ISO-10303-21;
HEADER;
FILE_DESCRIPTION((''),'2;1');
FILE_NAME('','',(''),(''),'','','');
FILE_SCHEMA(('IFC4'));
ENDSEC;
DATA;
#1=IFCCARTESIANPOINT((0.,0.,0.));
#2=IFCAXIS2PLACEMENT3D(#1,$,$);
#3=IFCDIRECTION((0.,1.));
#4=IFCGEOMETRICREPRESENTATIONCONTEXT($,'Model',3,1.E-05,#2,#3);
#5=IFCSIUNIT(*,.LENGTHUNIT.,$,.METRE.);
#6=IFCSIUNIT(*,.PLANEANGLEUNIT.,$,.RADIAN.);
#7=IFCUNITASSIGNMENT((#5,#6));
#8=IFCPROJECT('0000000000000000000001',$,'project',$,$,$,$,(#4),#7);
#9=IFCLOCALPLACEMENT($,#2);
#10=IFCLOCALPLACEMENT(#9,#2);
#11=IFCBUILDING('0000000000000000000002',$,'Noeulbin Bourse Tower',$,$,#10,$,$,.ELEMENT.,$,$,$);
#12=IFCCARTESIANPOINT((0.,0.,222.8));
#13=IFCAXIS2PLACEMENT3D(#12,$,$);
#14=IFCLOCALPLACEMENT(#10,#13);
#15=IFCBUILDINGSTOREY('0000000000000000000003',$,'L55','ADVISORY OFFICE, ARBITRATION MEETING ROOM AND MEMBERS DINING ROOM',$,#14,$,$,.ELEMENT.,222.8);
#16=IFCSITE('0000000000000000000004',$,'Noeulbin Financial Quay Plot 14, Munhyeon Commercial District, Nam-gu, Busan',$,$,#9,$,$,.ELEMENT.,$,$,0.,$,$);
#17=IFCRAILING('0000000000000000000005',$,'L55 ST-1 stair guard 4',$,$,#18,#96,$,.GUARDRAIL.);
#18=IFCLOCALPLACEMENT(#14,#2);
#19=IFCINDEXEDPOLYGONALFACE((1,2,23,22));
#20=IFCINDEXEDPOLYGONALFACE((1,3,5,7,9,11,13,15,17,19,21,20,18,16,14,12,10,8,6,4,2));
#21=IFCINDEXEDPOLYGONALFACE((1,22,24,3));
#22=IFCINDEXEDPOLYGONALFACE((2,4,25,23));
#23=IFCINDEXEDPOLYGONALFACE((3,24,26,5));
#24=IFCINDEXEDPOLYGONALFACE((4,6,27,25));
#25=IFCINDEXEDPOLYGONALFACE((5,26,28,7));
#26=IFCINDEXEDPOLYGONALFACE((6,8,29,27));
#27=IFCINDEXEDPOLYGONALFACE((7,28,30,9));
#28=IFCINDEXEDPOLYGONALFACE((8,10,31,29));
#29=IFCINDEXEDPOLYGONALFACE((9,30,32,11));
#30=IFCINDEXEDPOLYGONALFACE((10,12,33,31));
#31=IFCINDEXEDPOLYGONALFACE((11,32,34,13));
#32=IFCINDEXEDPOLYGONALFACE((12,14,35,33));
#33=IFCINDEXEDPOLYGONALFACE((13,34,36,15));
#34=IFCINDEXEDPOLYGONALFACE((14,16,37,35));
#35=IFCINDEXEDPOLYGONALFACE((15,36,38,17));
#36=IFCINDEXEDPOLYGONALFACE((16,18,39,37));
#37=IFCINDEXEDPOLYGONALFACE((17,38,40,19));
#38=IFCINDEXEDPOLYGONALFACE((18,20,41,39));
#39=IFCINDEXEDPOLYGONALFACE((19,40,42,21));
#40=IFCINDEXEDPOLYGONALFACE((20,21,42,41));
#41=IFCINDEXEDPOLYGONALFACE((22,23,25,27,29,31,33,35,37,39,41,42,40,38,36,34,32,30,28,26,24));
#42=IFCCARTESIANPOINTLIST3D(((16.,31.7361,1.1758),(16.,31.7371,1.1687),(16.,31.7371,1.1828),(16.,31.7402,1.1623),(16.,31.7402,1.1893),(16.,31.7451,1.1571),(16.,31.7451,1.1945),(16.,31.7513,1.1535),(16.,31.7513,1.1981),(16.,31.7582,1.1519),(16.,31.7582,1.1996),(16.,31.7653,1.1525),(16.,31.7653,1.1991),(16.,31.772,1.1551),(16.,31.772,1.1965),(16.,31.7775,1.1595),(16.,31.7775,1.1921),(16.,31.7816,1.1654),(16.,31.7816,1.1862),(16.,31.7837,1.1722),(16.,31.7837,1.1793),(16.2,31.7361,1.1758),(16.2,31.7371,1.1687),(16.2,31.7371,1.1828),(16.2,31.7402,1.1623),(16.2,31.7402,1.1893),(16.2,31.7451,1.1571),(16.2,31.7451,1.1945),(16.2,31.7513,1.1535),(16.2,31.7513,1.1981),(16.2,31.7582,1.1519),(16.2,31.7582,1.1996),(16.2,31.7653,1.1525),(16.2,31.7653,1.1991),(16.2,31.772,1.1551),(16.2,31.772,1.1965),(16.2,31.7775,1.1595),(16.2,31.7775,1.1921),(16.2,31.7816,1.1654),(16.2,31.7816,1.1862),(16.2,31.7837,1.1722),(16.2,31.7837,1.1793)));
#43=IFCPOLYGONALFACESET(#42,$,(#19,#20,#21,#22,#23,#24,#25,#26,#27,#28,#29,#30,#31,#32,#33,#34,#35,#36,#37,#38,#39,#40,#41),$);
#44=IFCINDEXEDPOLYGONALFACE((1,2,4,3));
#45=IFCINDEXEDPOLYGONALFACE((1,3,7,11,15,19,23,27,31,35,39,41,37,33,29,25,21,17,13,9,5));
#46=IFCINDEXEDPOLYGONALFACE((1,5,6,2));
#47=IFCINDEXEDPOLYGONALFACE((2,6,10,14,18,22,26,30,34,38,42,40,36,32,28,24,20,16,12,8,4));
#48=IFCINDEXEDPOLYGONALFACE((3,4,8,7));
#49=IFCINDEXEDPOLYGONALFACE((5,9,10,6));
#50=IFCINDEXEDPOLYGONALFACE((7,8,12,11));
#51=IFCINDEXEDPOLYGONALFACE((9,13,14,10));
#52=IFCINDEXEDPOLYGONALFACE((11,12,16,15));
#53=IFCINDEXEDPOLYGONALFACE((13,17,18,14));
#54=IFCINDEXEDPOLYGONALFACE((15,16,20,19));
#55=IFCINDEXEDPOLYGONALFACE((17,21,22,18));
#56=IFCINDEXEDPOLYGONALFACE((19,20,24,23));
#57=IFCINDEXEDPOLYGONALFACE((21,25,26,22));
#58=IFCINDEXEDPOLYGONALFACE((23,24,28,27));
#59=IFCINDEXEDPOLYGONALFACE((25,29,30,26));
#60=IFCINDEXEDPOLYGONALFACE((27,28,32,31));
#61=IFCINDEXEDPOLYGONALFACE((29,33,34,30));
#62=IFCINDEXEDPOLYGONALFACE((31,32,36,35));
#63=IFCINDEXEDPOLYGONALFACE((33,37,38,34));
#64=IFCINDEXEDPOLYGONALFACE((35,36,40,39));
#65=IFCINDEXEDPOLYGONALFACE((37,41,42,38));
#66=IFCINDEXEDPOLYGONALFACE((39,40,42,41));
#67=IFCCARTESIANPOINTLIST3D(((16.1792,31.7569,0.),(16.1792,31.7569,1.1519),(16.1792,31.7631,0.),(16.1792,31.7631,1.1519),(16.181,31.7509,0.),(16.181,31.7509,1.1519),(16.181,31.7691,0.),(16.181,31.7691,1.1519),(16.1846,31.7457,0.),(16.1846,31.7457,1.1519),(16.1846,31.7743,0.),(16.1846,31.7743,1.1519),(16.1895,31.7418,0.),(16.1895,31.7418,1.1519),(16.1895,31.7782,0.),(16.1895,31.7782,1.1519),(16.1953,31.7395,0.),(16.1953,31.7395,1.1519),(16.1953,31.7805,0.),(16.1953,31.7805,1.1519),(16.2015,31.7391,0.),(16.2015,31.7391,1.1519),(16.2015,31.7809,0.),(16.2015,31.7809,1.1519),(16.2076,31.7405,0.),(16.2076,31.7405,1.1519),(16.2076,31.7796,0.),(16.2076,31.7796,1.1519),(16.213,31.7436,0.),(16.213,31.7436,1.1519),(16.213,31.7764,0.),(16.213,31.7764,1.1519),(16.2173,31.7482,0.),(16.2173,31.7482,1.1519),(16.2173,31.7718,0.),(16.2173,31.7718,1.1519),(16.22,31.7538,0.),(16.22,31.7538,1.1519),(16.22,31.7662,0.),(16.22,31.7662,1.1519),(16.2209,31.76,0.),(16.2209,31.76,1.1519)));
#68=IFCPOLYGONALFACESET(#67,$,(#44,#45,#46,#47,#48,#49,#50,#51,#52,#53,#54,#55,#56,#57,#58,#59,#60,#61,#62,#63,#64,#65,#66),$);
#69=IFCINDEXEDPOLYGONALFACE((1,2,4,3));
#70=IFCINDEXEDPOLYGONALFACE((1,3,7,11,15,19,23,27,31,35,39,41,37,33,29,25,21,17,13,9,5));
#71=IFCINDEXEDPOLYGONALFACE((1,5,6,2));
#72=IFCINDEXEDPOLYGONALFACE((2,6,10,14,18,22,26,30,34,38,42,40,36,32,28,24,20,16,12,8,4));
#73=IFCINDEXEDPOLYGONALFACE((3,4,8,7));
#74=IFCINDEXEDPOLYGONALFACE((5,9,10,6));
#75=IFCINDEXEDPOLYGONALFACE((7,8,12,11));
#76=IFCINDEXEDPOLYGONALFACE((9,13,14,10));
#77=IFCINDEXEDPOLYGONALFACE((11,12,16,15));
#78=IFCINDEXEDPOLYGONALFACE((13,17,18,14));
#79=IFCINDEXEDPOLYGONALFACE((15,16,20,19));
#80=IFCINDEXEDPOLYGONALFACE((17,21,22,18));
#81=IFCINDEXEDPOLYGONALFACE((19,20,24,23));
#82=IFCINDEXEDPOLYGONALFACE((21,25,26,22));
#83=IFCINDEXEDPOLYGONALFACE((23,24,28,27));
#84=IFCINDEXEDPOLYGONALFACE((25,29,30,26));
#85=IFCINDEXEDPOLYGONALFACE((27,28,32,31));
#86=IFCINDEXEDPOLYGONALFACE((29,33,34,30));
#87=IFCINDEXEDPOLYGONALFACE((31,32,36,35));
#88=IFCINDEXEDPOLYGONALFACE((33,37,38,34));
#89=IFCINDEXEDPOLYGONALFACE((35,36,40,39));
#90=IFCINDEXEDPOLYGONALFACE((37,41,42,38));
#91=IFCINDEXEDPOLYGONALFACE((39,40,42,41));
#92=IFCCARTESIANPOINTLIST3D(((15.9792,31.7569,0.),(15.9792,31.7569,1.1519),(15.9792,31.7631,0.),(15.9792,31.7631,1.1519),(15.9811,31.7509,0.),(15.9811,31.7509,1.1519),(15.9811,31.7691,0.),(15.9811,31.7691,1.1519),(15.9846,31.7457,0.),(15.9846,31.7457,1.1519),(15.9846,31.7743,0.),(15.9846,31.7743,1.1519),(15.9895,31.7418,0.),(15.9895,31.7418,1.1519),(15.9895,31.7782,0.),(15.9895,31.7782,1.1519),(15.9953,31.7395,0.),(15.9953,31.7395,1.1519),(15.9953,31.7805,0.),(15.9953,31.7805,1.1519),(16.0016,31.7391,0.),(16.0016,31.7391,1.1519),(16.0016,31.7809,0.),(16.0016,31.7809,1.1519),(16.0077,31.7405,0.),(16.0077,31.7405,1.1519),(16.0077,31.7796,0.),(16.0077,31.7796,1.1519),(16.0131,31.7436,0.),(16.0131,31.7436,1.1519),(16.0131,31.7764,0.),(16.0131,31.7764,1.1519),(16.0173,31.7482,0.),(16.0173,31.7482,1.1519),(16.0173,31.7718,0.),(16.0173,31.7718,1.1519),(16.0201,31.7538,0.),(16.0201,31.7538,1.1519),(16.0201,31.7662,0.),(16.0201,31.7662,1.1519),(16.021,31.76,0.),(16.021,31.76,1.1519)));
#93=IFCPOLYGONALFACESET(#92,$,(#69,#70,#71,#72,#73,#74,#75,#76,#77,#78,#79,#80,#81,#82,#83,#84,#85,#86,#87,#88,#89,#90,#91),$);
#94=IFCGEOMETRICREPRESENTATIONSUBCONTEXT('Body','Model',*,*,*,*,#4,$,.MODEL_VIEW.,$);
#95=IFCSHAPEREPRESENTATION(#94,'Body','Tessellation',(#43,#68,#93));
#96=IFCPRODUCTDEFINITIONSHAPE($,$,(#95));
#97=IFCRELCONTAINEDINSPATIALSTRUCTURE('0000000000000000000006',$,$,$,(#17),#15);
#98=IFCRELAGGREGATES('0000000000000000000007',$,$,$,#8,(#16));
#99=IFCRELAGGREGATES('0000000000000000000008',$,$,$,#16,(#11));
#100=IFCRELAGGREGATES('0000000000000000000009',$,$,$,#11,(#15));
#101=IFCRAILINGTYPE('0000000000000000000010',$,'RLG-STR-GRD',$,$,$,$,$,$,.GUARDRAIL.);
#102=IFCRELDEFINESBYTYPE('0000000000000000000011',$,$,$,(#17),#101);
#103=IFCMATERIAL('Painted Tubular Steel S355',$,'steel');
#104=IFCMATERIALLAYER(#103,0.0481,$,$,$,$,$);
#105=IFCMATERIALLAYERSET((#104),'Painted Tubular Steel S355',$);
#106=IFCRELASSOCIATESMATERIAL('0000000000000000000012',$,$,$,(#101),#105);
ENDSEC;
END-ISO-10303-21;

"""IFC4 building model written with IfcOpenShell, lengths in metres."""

from ifc_helpers import new_model, si_unit, direction, frame, origin, origin_2d, place, context, subcontext, project, spatial, circle, extrude, material, layer, layer_set, type_object, element, save


model = new_model("IFC4")

# Units and contexts
model_context = context("Model", 3, precision=1e-05, world=origin(), true_north=direction((0.0, 1.0)))
body_context = subcontext(model_context, "Body", "Model", "MODEL_VIEW")
ifc_project = project(units=[si_unit("LENGTHUNIT", "METRE"), si_unit("PLANEANGLEUNIT", "RADIAN")], contexts=[model_context])

# Site, building, storey
site_placement = place(None, origin())
site = spatial("IfcSite", under=ifc_project, at=site_placement, Name="Noeulbin Financial Quay Plot 14, Munhyeon Commercial District, Nam-gu, Busan", CompositionType="ELEMENT", RefElevation=0.0)
building_placement = place(site_placement, origin())
building = spatial("IfcBuilding", under=site, at=building_placement, Name="Noeulbin Bourse Tower", CompositionType="ELEMENT")
storey_placement = place(building_placement, frame((0.0, 0.0, 222.8)))
storey = spatial("IfcBuildingStorey", under=building, at=storey_placement, Name="L55", Description="ADVISORY OFFICE, ARBITRATION MEETING ROOM AND MEMBERS DINING ROOM", CompositionType="ELEMENT", Elevation=222.8)

# Railing
ifc_material_1 = material(Name="Painted Tubular Steel S355", Category="steel")
ifc_layer_1 = layer(ifc_material_1, 0.0481)
ifc_layer_set_1 = layer_set([ifc_layer_1], Name="Painted Tubular Steel S355")
railing_type_1 = type_object("IfcRailingType", Name="RLG-STR-GRD", PredefinedType="GUARDRAIL", material=ifc_layer_set_1)
railing_1_placement = place(storey_placement, frame((16.2, 31.76, 0.0)))
element("IfcRailing", 1, at=railing_1_placement, inside=storey, type_object=railing_type_1, Name="L55 ST-1 stair guard 4", PredefinedType="GUARDRAIL", context=body_context, shape_type="SweptSolid", body=[
    extrude(circle(Radius=0.0239, at=origin_2d()), frame((0.0, 0.0, 1.1758), z_axis=(-1.0, 0.0, 0.0), x_axis=(0.0, -1.0, 0.0)), (0.0, 0.0, 1.0), 0.2),
    extrude(circle(Radius=0.021, at=origin_2d()), origin(), (0.0, 0.0, 1.0), 1.1519),
    extrude(circle(Radius=0.021, at=origin_2d()), frame((-0.2, 0.0, 0.0)), (0.0, 0.0, 1.0), 1.1519),
])

save(model, "model.ifc")
